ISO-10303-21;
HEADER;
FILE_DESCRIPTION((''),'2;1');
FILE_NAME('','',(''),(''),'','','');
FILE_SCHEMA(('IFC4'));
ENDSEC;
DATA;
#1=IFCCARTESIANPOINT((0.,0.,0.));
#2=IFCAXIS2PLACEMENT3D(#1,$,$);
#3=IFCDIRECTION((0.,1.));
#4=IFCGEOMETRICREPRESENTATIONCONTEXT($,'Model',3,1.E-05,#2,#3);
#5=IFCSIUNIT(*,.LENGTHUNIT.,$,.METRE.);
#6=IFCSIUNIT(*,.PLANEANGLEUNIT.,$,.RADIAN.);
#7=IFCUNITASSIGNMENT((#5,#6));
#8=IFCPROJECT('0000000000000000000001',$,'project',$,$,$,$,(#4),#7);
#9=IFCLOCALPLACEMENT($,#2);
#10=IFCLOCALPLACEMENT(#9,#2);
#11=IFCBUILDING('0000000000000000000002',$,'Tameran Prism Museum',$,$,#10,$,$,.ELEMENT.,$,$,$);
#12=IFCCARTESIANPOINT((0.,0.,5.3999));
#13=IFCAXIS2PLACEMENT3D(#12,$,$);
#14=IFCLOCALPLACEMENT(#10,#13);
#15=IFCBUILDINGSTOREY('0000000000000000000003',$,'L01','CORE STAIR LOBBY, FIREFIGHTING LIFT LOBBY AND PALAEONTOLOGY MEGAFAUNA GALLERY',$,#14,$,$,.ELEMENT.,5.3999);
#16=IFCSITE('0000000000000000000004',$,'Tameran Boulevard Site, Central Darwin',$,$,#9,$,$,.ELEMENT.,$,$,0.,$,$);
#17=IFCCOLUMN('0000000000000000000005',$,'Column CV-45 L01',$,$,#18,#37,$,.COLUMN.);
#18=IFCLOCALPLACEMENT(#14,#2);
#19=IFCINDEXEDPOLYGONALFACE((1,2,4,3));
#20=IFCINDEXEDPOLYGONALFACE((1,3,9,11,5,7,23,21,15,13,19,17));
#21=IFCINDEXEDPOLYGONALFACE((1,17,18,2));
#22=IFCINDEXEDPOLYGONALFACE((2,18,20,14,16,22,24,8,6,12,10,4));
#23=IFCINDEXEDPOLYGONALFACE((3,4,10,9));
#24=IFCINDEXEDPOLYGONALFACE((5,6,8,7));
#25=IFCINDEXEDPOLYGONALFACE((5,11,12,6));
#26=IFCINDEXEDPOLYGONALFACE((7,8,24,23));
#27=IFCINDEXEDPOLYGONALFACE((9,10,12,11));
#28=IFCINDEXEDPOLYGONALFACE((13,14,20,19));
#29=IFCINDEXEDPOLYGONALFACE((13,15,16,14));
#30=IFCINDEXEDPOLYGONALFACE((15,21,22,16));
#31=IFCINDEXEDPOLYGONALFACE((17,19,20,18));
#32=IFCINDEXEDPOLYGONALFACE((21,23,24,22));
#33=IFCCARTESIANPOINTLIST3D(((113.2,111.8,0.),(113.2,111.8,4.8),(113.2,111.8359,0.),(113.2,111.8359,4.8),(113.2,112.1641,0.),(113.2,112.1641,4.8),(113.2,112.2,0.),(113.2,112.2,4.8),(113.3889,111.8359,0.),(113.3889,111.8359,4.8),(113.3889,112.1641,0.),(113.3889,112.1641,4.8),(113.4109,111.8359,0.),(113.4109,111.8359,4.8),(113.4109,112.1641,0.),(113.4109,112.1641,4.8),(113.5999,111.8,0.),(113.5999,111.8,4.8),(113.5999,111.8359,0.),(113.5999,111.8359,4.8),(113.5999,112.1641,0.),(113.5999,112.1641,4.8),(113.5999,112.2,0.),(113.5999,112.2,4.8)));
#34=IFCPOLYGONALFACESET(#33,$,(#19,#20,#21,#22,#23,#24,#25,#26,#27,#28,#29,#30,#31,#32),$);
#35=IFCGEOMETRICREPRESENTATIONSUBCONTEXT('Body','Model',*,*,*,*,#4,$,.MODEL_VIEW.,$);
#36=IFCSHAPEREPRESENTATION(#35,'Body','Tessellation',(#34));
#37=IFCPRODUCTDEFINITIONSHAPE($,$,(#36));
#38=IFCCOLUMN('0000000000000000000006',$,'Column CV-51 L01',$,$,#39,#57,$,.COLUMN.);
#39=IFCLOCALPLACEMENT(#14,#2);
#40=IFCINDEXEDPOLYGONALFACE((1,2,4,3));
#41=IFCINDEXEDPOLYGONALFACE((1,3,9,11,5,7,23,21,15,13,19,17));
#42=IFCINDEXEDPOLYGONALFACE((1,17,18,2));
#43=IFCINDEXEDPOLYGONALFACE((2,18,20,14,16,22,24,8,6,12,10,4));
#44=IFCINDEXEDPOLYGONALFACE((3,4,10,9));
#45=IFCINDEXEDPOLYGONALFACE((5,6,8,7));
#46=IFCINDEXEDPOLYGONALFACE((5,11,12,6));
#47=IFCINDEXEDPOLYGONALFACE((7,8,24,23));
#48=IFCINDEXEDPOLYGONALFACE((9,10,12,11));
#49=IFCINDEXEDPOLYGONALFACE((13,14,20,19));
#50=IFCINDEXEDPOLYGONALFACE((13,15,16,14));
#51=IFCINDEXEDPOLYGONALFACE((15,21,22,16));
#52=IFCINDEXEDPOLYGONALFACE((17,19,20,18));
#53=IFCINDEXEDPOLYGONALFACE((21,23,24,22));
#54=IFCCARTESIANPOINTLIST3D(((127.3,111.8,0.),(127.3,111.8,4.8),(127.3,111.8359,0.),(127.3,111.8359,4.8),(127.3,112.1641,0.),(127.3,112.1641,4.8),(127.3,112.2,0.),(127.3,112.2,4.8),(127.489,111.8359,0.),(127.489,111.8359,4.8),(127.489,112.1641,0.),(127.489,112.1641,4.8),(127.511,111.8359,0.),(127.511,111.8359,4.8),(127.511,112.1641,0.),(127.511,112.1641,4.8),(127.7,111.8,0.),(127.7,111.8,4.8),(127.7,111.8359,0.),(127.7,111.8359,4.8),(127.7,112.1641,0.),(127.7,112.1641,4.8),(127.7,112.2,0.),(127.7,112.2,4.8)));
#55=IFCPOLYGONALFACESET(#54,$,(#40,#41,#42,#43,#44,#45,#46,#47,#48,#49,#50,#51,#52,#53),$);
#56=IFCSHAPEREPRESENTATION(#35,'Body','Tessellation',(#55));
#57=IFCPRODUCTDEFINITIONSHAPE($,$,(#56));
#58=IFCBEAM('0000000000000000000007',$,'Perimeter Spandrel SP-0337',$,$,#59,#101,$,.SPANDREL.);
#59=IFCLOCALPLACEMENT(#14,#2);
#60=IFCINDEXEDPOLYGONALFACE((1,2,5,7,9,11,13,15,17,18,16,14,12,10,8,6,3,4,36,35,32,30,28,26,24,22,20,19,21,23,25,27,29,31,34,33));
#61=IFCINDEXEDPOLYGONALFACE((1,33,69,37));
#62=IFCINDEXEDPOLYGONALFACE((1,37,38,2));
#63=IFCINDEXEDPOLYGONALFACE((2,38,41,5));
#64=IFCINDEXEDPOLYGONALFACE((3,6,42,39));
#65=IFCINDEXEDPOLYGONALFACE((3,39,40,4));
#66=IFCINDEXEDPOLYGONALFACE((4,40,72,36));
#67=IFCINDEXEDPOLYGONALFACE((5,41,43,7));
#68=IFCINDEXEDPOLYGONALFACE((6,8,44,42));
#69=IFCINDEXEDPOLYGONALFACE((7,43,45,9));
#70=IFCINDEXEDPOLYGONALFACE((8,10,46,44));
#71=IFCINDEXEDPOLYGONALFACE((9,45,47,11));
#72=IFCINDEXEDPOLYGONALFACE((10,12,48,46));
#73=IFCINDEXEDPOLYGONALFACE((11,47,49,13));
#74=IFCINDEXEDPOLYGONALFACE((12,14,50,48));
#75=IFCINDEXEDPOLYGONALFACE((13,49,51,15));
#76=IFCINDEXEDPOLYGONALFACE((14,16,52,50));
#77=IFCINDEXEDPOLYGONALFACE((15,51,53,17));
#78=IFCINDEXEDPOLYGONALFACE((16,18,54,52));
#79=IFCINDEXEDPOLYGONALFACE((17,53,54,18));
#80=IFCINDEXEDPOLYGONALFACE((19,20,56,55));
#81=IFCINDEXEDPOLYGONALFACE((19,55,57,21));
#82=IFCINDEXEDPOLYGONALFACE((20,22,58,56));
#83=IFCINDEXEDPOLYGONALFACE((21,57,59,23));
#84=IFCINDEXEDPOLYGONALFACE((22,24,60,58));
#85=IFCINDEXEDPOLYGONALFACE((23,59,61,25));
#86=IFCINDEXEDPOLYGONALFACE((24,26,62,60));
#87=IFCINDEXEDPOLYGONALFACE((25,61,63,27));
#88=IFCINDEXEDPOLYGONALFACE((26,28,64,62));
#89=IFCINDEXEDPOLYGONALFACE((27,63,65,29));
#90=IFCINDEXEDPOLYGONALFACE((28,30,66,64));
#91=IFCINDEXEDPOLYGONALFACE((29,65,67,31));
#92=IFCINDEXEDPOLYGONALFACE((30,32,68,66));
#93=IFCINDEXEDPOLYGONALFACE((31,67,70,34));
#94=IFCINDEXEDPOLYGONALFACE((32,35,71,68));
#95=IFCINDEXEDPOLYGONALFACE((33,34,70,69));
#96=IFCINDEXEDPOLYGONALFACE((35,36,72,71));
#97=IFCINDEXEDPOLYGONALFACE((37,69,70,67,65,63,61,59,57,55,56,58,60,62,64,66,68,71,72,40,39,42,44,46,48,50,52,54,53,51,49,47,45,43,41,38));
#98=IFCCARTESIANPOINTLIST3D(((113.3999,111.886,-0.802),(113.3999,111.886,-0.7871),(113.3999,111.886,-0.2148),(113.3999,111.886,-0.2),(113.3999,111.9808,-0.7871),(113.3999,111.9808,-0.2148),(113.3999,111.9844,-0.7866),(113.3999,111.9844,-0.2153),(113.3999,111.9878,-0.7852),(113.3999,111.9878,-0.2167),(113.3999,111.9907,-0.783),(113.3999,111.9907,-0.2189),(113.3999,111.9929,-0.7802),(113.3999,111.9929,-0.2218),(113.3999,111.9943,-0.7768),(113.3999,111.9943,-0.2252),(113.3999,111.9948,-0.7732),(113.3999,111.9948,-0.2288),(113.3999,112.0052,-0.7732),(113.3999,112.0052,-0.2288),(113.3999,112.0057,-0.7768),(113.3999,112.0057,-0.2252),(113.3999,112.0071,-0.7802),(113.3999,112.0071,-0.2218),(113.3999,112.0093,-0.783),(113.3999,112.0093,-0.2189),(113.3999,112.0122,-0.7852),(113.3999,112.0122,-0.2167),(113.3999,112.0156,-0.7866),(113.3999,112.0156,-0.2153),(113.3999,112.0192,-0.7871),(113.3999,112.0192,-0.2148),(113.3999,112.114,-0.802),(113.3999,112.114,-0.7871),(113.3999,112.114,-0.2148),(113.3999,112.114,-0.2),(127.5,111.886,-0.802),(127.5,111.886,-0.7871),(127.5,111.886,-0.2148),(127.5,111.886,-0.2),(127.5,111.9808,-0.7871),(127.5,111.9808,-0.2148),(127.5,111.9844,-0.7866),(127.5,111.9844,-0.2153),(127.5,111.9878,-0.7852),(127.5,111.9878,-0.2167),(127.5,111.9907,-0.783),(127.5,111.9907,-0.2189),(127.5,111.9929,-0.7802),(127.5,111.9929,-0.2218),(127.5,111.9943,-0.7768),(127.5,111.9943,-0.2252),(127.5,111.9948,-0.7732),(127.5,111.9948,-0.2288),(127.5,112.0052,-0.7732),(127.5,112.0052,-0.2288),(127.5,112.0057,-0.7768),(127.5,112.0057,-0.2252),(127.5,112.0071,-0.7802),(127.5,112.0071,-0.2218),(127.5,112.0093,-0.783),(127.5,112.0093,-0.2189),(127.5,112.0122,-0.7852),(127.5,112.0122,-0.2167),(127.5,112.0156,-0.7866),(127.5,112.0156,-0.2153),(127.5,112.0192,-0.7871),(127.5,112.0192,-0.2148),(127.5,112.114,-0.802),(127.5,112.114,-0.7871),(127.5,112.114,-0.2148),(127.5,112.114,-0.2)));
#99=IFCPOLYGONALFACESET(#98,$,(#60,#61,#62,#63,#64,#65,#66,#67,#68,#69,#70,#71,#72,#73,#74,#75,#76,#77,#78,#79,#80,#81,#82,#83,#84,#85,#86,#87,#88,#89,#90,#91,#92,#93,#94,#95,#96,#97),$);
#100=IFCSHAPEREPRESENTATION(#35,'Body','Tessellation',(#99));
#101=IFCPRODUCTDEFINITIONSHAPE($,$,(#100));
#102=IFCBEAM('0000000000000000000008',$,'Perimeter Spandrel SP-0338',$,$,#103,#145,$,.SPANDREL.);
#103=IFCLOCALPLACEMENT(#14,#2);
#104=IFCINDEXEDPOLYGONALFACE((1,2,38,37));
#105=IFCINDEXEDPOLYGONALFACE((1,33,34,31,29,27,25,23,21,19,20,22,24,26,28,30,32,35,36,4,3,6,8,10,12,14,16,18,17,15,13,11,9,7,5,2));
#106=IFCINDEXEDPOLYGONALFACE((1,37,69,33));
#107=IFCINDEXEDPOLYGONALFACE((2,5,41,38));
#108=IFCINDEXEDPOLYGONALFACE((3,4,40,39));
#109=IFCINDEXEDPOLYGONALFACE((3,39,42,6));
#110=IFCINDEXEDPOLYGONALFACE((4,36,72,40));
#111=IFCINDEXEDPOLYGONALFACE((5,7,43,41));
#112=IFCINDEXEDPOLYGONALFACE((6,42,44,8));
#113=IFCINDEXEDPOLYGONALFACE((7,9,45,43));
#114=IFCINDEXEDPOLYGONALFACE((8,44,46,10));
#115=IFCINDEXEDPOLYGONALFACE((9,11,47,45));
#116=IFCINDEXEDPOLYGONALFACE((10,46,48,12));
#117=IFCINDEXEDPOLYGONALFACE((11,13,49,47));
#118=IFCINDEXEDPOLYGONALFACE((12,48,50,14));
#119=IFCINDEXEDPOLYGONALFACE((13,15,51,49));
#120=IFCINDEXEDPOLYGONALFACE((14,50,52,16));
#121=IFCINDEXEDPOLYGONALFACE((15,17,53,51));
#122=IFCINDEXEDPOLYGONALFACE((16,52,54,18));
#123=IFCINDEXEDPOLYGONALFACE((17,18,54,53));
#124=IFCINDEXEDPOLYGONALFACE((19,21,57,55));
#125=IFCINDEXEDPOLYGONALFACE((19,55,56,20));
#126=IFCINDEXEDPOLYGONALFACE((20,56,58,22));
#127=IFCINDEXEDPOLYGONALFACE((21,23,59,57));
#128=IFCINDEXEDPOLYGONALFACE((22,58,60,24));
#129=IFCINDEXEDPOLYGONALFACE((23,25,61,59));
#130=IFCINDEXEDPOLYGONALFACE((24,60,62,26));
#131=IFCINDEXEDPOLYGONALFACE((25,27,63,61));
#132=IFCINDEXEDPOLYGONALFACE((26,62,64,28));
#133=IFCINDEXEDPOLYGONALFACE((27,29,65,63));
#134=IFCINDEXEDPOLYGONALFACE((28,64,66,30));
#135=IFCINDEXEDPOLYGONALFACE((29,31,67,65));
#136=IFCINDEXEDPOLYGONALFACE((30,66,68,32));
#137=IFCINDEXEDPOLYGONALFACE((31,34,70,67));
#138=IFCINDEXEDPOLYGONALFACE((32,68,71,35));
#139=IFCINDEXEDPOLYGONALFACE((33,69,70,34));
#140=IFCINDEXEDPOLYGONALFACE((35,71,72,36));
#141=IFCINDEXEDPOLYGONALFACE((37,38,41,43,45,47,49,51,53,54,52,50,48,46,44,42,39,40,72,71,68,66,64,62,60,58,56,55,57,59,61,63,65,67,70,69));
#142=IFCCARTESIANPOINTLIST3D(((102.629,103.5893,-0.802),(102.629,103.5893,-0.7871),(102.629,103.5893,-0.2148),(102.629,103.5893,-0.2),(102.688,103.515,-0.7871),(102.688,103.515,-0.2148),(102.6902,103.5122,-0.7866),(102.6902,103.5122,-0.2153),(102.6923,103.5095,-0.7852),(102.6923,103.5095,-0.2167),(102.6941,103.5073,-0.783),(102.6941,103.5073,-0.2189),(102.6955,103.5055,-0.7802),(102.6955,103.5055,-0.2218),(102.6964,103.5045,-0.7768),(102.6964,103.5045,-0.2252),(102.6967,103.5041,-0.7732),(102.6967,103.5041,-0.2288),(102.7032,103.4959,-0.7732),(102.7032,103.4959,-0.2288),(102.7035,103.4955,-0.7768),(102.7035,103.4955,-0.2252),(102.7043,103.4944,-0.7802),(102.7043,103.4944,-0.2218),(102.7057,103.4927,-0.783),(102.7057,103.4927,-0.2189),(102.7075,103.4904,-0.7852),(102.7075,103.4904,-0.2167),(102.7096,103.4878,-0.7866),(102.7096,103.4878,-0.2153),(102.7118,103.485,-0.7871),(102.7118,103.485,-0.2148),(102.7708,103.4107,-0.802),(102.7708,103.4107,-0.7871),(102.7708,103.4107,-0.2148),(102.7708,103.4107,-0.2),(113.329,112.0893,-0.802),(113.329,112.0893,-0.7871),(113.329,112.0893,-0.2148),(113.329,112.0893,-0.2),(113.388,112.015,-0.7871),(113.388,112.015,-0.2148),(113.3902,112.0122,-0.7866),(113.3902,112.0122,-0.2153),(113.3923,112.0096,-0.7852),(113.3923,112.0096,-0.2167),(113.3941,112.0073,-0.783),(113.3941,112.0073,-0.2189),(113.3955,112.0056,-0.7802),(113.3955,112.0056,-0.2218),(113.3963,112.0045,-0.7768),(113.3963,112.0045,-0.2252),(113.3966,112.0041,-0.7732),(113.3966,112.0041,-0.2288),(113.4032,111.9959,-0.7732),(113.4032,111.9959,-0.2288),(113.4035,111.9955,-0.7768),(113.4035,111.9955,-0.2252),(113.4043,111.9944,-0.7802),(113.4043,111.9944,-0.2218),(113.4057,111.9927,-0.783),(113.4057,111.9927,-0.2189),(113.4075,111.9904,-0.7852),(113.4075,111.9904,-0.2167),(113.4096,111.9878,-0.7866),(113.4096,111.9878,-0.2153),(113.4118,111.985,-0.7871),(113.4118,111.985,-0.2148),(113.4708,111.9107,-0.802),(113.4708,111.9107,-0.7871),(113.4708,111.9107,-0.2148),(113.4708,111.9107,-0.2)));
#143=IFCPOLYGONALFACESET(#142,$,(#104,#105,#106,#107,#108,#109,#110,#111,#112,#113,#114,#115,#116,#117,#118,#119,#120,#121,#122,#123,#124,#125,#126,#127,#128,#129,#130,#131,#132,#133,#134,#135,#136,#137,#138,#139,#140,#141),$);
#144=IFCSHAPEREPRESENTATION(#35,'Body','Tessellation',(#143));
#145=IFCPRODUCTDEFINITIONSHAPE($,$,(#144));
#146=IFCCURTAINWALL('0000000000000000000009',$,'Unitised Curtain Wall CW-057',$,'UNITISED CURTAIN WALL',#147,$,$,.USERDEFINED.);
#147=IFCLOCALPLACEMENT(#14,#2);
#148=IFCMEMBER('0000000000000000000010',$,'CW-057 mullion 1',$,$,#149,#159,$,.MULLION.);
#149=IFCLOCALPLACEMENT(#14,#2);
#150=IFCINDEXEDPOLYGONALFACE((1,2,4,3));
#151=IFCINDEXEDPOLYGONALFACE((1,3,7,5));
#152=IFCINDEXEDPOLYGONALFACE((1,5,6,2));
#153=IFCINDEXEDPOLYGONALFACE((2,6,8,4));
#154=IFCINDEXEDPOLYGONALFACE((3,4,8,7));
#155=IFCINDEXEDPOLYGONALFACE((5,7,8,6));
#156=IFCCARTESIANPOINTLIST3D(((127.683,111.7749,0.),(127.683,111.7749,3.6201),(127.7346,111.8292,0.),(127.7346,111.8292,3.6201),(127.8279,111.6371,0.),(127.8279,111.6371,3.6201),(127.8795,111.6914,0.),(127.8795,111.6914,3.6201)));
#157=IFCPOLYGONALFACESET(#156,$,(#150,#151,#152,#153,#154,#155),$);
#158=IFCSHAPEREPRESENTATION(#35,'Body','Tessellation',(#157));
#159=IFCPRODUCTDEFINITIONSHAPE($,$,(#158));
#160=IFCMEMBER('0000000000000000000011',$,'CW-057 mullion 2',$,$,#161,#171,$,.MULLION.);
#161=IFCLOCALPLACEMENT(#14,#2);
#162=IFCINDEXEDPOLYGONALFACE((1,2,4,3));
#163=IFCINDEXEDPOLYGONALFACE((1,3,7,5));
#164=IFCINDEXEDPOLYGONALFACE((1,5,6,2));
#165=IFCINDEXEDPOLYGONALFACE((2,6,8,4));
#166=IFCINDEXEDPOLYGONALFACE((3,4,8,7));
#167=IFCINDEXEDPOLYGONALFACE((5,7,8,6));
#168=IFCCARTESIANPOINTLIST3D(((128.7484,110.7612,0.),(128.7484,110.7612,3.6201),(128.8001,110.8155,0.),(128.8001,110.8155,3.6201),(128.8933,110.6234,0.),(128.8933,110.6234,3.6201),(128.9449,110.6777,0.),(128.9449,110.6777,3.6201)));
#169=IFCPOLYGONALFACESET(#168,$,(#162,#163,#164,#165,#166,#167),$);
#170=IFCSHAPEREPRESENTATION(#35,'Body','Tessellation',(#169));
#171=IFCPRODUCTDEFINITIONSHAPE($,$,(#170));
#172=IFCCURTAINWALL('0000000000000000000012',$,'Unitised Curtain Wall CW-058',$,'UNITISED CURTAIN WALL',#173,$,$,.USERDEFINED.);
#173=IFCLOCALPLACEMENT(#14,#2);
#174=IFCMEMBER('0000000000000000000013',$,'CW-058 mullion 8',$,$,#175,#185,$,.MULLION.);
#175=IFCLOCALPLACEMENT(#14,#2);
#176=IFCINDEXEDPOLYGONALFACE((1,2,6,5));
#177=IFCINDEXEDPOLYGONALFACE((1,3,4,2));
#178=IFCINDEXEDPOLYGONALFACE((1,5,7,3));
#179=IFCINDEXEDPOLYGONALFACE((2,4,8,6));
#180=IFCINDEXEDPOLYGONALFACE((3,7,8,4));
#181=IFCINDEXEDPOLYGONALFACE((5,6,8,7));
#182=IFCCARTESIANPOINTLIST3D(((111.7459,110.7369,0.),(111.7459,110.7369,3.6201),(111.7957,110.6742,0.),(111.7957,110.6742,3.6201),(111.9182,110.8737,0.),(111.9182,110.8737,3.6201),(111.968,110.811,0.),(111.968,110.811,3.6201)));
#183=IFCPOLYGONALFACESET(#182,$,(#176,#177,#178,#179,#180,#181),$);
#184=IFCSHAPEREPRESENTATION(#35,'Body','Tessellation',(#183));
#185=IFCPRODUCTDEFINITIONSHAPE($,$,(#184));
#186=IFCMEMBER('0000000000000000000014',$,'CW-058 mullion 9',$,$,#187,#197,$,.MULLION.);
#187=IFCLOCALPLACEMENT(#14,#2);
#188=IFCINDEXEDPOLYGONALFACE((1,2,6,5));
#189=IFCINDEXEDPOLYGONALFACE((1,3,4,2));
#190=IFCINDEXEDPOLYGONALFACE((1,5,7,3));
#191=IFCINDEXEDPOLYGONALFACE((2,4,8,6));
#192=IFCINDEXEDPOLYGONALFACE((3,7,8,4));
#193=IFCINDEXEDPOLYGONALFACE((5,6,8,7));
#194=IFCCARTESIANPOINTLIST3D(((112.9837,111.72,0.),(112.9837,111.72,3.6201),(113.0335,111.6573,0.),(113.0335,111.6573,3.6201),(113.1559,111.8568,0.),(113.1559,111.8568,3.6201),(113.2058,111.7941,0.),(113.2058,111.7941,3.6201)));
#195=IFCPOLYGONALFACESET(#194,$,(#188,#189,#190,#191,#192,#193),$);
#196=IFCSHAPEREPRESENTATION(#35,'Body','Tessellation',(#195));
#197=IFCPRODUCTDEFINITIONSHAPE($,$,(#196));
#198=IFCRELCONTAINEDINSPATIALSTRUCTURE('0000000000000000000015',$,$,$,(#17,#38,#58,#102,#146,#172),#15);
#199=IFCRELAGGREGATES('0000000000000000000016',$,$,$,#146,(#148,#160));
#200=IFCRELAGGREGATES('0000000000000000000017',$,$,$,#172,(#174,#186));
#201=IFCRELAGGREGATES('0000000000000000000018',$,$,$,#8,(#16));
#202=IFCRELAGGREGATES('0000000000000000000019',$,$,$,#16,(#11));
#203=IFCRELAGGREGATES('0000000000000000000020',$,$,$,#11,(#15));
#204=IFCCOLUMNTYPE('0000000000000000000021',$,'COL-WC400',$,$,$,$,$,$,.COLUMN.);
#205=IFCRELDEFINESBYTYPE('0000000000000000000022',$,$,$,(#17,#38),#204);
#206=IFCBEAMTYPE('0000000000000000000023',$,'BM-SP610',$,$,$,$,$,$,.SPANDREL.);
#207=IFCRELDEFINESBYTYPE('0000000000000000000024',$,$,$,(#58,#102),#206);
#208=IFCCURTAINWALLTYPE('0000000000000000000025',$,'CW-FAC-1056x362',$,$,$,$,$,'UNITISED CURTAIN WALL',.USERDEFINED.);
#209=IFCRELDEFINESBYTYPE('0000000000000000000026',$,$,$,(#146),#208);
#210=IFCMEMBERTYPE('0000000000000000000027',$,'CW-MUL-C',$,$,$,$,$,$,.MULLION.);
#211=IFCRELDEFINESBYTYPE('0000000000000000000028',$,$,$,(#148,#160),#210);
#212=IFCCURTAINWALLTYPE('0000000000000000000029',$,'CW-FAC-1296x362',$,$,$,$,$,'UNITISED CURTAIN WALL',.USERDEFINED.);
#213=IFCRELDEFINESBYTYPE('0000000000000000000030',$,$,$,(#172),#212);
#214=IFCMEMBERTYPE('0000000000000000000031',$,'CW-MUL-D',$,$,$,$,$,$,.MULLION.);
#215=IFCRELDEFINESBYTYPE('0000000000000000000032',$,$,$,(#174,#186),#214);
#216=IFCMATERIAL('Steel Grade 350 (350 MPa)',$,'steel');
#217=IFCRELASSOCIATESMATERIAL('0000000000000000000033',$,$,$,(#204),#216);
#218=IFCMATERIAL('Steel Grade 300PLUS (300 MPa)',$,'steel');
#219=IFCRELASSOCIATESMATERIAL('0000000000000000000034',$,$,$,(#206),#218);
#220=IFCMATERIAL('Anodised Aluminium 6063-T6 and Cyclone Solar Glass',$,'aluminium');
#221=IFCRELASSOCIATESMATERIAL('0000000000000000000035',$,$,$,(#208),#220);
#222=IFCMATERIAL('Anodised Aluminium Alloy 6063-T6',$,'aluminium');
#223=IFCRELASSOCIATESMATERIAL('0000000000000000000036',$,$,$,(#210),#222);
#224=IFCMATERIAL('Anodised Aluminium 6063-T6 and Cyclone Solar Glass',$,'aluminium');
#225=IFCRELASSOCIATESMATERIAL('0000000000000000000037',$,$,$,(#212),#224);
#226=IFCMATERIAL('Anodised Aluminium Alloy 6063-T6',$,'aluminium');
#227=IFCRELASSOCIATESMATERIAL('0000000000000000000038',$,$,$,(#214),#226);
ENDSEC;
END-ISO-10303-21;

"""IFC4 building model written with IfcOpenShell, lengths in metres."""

from ifc_helpers import new_model, si_unit, direction, frame, origin, origin_2d, place, context, subcontext, project, spatial, rectangle, i_section, extrude, material, material_profile, profile_set, type_object, element, aggregate, save


model = new_model("IFC4")

# Units and contexts
model_context = context("Model", 3, precision=1e-05, world=origin(), true_north=direction((0.0, 1.0)))
body_context = subcontext(model_context, "Body", "Model", "MODEL_VIEW")
ifc_project = project(units=[si_unit("LENGTHUNIT", "METRE"), si_unit("PLANEANGLEUNIT", "RADIAN")], contexts=[model_context])

# Site, building, storey
site_placement = place(None, origin())
site = spatial("IfcSite", under=ifc_project, at=site_placement, Name="Tameran Boulevard Site, Central Darwin", CompositionType="ELEMENT", RefElevation=0.0)
building_placement = place(site_placement, origin())
building = spatial("IfcBuilding", under=site, at=building_placement, Name="Tameran Prism Museum", CompositionType="ELEMENT")
storey_placement = place(building_placement, frame((0.0, 0.0, 5.3999)))
storey = spatial("IfcBuildingStorey", under=building, at=storey_placement, Name="L01", Description="CORE STAIR LOBBY, FIREFIGHTING LIFT LOBBY AND PALAEONTOLOGY MEGAFAUNA GALLERY", CompositionType="ELEMENT", Elevation=5.3999)

# Columns
ifc_material_1 = material(Name="Steel Grade 350 (350 MPa)", Category="steel")
ifc_material_profile_1 = material_profile(ifc_material_1, i_section(OverallWidth=0.3999, OverallDepth=0.3999, WebThickness=0.022, FlangeThickness=0.0359, at=origin_2d()))
ifc_profile_set_1 = profile_set([ifc_material_profile_1])
column_type = type_object("IfcColumnType", Name="COL-WC400", PredefinedType="COLUMN", material=ifc_profile_set_1)
for number, where, z_axis, x_axis, name in (
    (1, (113.3999, 112.0, 0.0), (0.0, 0.0, 1.0), (1.0, 0.0, 0.0), "Column CV-45 L01"),
    (2, (127.5, 112.0, 0.0), (0.0, 0.0, 1.0), (1.0, 0.0, 0.0), "Column CV-51 L01"),
):
    element("IfcColumn", number, at=place(storey_placement, frame(where, z_axis=z_axis, x_axis=x_axis)), inside=storey, type_object=column_type, Name=name, PredefinedType="COLUMN", context=body_context, shape_type="SweptSolid", body=[
        extrude(i_section(OverallWidth=0.3999, OverallDepth=0.3999, WebThickness=0.022, FlangeThickness=0.0359, at=origin_2d()), origin(), (0.0, 0.0, 1.0), 4.8),
    ])

# Beams
ifc_material_2 = material(Name="Steel Grade 300PLUS (300 MPa)", Category="steel")
ifc_material_profile_2 = material_profile(ifc_material_2, i_section(OverallWidth=0.228, OverallDepth=0.6021, WebThickness=0.0105, FlangeThickness=0.0149, FilletRadius=0.0139, at=origin_2d()))
ifc_profile_set_2 = profile_set([ifc_material_profile_2])
beam_type = type_object("IfcBeamType", Name="BM-SP610", PredefinedType="SPANDREL", material=ifc_profile_set_2)
beam_1_placement = place(storey_placement, frame((127.5, 112.0, -0.501), z_axis=(-1.0, 0.0, 0.0), x_axis=(0.0, -1.0, 0.0)))
element("IfcBeam", 3, at=beam_1_placement, inside=storey, type_object=beam_type, Name="Perimeter Spandrel SP-0337", PredefinedType="SPANDREL", context=body_context, shape_type="SweptSolid", body=[
    extrude(i_section(OverallWidth=0.228, OverallDepth=0.6021, WebThickness=0.0105, FlangeThickness=0.0149, FilletRadius=0.0139, at=origin_2d()), origin(), (0.0, 0.0, 1.0), 14.1001),
])
beam_2_placement = place(storey_placement, frame((113.3999, 112.0, -0.501), z_axis=(-0.783005, -0.622016, 0.0), x_axis=(0.622016, -0.783005, 0.0)))
element("IfcBeam", 4, at=beam_2_placement, inside=storey, type_object=beam_type, Name="Perimeter Spandrel SP-0338", PredefinedType="SPANDREL", context=body_context, shape_type="SweptSolid", body=[
    extrude(i_section(OverallWidth=0.228, OverallDepth=0.6021, WebThickness=0.0105, FlangeThickness=0.0149, FilletRadius=0.0139, at=origin_2d()), origin(), (0.0, 0.0, 1.0), 13.6653),
])

# Curtain walls, members
ifc_material_3 = material(Name="Anodised Aluminium 6063-T6 and Cyclone Solar Glass", Category="aluminium")
curtain_wall_type_1 = type_object("IfcCurtainWallType", Name="CW-FAC-1056x362", ElementType="UNITISED CURTAIN WALL", PredefinedType="USERDEFINED", material=ifc_material_3)
curtain_wall_1_placement = place(storey_placement, origin())
curtain_wall_1 = element("IfcCurtainWall", 5, at=curtain_wall_1_placement, inside=storey, type_object=curtain_wall_type_1, Name="Unitised Curtain Wall CW-057", ObjectType="UNITISED CURTAIN WALL", PredefinedType="USERDEFINED")
ifc_material_4 = material(Name="Anodised Aluminium Alloy 6063-T6", Category="aluminium")
ifc_material_profile_3 = material_profile(ifc_material_4, rectangle(XDim=0.075, YDim=0.2, at=origin_2d()))
ifc_profile_set_3 = profile_set([ifc_material_profile_3])
member_type_1 = type_object("IfcMemberType", Name="CW-MUL-C", PredefinedType="MULLION", material=ifc_profile_set_3)
member_1_placement = place(storey_placement, frame((127.7812, 111.7332, 0.0), z_axis=(0.0, 0.0, 1.0), x_axis=(0.68927, 0.724505, 0.0)))
member_1 = element("IfcMember", 6, at=member_1_placement, type_object=member_type_1, Name="CW-057 mullion 1", PredefinedType="MULLION", context=body_context, shape_type="SweptSolid", body=[
    extrude(rectangle(XDim=0.075, YDim=0.2, at=origin_2d()), origin(), (0.0, 0.0, 1.0), 3.6201),
])
member_2_placement = place(storey_placement, frame((128.8467, 110.7195, 0.0), z_axis=(0.0, 0.0, 1.0), x_axis=(0.68927, 0.724505, 0.0)))
member_2 = element("IfcMember", 7, at=member_2_placement, type_object=member_type_1, Name="CW-057 mullion 2", PredefinedType="MULLION", context=body_context, shape_type="SweptSolid", body=[
    extrude(rectangle(XDim=0.075, YDim=0.2, at=origin_2d()), origin(), (0.0, 0.0, 1.0), 3.6201),
])
ifc_material_5 = material(Name="Anodised Aluminium 6063-T6 and Cyclone Solar Glass", Category="aluminium")
curtain_wall_type_2 = type_object("IfcCurtainWallType", Name="CW-FAC-1296x362", ElementType="UNITISED CURTAIN WALL", PredefinedType="USERDEFINED", material=ifc_material_5)
curtain_wall_2_placement = place(storey_placement, origin())
curtain_wall_2 = element("IfcCurtainWall", 8, at=curtain_wall_2_placement, inside=storey, type_object=curtain_wall_type_2, Name="Unitised Curtain Wall CW-058", ObjectType="UNITISED CURTAIN WALL", PredefinedType="USERDEFINED")
ifc_material_6 = material(Name="Anodised Aluminium Alloy 6063-T6", Category="aluminium")
ifc_material_profile_4 = material_profile(ifc_material_6, rectangle(XDim=0.0801, YDim=0.22, at=origin_2d()))
ifc_profile_set_4 = profile_set([ifc_material_profile_4])
member_type_2 = type_object("IfcMemberType", Name="CW-MUL-D", PredefinedType="MULLION", material=ifc_profile_set_4)
member_3_placement = place(storey_placement, frame((111.8569, 110.7739, 0.0), z_axis=(0.0, 0.0, 1.0), x_axis=(-0.621982, 0.783031, 0.0)))
member_3 = element("IfcMember", 9, at=member_3_placement, type_object=member_type_2, Name="CW-058 mullion 8", PredefinedType="MULLION", context=body_context, shape_type="SweptSolid", body=[
    extrude(rectangle(XDim=0.0801, YDim=0.22, at=origin_2d()), origin(), (0.0, 0.0, 1.0), 3.6201),
])
member_4_placement = place(storey_placement, frame((113.0947, 111.7571, 0.0), z_axis=(0.0, 0.0, 1.0), x_axis=(-0.621982, 0.783031, 0.0)))
member_4 = element("IfcMember", 10, at=member_4_placement, type_object=member_type_2, Name="CW-058 mullion 9", PredefinedType="MULLION", context=body_context, shape_type="SweptSolid", body=[
    extrude(rectangle(XDim=0.0801, YDim=0.22, at=origin_2d()), origin(), (0.0, 0.0, 1.0), 3.6201),
])

aggregate(curtain_wall_1, [member_1, member_2])
aggregate(curtain_wall_2, [member_3, member_4])

save(model, "model.ifc")
